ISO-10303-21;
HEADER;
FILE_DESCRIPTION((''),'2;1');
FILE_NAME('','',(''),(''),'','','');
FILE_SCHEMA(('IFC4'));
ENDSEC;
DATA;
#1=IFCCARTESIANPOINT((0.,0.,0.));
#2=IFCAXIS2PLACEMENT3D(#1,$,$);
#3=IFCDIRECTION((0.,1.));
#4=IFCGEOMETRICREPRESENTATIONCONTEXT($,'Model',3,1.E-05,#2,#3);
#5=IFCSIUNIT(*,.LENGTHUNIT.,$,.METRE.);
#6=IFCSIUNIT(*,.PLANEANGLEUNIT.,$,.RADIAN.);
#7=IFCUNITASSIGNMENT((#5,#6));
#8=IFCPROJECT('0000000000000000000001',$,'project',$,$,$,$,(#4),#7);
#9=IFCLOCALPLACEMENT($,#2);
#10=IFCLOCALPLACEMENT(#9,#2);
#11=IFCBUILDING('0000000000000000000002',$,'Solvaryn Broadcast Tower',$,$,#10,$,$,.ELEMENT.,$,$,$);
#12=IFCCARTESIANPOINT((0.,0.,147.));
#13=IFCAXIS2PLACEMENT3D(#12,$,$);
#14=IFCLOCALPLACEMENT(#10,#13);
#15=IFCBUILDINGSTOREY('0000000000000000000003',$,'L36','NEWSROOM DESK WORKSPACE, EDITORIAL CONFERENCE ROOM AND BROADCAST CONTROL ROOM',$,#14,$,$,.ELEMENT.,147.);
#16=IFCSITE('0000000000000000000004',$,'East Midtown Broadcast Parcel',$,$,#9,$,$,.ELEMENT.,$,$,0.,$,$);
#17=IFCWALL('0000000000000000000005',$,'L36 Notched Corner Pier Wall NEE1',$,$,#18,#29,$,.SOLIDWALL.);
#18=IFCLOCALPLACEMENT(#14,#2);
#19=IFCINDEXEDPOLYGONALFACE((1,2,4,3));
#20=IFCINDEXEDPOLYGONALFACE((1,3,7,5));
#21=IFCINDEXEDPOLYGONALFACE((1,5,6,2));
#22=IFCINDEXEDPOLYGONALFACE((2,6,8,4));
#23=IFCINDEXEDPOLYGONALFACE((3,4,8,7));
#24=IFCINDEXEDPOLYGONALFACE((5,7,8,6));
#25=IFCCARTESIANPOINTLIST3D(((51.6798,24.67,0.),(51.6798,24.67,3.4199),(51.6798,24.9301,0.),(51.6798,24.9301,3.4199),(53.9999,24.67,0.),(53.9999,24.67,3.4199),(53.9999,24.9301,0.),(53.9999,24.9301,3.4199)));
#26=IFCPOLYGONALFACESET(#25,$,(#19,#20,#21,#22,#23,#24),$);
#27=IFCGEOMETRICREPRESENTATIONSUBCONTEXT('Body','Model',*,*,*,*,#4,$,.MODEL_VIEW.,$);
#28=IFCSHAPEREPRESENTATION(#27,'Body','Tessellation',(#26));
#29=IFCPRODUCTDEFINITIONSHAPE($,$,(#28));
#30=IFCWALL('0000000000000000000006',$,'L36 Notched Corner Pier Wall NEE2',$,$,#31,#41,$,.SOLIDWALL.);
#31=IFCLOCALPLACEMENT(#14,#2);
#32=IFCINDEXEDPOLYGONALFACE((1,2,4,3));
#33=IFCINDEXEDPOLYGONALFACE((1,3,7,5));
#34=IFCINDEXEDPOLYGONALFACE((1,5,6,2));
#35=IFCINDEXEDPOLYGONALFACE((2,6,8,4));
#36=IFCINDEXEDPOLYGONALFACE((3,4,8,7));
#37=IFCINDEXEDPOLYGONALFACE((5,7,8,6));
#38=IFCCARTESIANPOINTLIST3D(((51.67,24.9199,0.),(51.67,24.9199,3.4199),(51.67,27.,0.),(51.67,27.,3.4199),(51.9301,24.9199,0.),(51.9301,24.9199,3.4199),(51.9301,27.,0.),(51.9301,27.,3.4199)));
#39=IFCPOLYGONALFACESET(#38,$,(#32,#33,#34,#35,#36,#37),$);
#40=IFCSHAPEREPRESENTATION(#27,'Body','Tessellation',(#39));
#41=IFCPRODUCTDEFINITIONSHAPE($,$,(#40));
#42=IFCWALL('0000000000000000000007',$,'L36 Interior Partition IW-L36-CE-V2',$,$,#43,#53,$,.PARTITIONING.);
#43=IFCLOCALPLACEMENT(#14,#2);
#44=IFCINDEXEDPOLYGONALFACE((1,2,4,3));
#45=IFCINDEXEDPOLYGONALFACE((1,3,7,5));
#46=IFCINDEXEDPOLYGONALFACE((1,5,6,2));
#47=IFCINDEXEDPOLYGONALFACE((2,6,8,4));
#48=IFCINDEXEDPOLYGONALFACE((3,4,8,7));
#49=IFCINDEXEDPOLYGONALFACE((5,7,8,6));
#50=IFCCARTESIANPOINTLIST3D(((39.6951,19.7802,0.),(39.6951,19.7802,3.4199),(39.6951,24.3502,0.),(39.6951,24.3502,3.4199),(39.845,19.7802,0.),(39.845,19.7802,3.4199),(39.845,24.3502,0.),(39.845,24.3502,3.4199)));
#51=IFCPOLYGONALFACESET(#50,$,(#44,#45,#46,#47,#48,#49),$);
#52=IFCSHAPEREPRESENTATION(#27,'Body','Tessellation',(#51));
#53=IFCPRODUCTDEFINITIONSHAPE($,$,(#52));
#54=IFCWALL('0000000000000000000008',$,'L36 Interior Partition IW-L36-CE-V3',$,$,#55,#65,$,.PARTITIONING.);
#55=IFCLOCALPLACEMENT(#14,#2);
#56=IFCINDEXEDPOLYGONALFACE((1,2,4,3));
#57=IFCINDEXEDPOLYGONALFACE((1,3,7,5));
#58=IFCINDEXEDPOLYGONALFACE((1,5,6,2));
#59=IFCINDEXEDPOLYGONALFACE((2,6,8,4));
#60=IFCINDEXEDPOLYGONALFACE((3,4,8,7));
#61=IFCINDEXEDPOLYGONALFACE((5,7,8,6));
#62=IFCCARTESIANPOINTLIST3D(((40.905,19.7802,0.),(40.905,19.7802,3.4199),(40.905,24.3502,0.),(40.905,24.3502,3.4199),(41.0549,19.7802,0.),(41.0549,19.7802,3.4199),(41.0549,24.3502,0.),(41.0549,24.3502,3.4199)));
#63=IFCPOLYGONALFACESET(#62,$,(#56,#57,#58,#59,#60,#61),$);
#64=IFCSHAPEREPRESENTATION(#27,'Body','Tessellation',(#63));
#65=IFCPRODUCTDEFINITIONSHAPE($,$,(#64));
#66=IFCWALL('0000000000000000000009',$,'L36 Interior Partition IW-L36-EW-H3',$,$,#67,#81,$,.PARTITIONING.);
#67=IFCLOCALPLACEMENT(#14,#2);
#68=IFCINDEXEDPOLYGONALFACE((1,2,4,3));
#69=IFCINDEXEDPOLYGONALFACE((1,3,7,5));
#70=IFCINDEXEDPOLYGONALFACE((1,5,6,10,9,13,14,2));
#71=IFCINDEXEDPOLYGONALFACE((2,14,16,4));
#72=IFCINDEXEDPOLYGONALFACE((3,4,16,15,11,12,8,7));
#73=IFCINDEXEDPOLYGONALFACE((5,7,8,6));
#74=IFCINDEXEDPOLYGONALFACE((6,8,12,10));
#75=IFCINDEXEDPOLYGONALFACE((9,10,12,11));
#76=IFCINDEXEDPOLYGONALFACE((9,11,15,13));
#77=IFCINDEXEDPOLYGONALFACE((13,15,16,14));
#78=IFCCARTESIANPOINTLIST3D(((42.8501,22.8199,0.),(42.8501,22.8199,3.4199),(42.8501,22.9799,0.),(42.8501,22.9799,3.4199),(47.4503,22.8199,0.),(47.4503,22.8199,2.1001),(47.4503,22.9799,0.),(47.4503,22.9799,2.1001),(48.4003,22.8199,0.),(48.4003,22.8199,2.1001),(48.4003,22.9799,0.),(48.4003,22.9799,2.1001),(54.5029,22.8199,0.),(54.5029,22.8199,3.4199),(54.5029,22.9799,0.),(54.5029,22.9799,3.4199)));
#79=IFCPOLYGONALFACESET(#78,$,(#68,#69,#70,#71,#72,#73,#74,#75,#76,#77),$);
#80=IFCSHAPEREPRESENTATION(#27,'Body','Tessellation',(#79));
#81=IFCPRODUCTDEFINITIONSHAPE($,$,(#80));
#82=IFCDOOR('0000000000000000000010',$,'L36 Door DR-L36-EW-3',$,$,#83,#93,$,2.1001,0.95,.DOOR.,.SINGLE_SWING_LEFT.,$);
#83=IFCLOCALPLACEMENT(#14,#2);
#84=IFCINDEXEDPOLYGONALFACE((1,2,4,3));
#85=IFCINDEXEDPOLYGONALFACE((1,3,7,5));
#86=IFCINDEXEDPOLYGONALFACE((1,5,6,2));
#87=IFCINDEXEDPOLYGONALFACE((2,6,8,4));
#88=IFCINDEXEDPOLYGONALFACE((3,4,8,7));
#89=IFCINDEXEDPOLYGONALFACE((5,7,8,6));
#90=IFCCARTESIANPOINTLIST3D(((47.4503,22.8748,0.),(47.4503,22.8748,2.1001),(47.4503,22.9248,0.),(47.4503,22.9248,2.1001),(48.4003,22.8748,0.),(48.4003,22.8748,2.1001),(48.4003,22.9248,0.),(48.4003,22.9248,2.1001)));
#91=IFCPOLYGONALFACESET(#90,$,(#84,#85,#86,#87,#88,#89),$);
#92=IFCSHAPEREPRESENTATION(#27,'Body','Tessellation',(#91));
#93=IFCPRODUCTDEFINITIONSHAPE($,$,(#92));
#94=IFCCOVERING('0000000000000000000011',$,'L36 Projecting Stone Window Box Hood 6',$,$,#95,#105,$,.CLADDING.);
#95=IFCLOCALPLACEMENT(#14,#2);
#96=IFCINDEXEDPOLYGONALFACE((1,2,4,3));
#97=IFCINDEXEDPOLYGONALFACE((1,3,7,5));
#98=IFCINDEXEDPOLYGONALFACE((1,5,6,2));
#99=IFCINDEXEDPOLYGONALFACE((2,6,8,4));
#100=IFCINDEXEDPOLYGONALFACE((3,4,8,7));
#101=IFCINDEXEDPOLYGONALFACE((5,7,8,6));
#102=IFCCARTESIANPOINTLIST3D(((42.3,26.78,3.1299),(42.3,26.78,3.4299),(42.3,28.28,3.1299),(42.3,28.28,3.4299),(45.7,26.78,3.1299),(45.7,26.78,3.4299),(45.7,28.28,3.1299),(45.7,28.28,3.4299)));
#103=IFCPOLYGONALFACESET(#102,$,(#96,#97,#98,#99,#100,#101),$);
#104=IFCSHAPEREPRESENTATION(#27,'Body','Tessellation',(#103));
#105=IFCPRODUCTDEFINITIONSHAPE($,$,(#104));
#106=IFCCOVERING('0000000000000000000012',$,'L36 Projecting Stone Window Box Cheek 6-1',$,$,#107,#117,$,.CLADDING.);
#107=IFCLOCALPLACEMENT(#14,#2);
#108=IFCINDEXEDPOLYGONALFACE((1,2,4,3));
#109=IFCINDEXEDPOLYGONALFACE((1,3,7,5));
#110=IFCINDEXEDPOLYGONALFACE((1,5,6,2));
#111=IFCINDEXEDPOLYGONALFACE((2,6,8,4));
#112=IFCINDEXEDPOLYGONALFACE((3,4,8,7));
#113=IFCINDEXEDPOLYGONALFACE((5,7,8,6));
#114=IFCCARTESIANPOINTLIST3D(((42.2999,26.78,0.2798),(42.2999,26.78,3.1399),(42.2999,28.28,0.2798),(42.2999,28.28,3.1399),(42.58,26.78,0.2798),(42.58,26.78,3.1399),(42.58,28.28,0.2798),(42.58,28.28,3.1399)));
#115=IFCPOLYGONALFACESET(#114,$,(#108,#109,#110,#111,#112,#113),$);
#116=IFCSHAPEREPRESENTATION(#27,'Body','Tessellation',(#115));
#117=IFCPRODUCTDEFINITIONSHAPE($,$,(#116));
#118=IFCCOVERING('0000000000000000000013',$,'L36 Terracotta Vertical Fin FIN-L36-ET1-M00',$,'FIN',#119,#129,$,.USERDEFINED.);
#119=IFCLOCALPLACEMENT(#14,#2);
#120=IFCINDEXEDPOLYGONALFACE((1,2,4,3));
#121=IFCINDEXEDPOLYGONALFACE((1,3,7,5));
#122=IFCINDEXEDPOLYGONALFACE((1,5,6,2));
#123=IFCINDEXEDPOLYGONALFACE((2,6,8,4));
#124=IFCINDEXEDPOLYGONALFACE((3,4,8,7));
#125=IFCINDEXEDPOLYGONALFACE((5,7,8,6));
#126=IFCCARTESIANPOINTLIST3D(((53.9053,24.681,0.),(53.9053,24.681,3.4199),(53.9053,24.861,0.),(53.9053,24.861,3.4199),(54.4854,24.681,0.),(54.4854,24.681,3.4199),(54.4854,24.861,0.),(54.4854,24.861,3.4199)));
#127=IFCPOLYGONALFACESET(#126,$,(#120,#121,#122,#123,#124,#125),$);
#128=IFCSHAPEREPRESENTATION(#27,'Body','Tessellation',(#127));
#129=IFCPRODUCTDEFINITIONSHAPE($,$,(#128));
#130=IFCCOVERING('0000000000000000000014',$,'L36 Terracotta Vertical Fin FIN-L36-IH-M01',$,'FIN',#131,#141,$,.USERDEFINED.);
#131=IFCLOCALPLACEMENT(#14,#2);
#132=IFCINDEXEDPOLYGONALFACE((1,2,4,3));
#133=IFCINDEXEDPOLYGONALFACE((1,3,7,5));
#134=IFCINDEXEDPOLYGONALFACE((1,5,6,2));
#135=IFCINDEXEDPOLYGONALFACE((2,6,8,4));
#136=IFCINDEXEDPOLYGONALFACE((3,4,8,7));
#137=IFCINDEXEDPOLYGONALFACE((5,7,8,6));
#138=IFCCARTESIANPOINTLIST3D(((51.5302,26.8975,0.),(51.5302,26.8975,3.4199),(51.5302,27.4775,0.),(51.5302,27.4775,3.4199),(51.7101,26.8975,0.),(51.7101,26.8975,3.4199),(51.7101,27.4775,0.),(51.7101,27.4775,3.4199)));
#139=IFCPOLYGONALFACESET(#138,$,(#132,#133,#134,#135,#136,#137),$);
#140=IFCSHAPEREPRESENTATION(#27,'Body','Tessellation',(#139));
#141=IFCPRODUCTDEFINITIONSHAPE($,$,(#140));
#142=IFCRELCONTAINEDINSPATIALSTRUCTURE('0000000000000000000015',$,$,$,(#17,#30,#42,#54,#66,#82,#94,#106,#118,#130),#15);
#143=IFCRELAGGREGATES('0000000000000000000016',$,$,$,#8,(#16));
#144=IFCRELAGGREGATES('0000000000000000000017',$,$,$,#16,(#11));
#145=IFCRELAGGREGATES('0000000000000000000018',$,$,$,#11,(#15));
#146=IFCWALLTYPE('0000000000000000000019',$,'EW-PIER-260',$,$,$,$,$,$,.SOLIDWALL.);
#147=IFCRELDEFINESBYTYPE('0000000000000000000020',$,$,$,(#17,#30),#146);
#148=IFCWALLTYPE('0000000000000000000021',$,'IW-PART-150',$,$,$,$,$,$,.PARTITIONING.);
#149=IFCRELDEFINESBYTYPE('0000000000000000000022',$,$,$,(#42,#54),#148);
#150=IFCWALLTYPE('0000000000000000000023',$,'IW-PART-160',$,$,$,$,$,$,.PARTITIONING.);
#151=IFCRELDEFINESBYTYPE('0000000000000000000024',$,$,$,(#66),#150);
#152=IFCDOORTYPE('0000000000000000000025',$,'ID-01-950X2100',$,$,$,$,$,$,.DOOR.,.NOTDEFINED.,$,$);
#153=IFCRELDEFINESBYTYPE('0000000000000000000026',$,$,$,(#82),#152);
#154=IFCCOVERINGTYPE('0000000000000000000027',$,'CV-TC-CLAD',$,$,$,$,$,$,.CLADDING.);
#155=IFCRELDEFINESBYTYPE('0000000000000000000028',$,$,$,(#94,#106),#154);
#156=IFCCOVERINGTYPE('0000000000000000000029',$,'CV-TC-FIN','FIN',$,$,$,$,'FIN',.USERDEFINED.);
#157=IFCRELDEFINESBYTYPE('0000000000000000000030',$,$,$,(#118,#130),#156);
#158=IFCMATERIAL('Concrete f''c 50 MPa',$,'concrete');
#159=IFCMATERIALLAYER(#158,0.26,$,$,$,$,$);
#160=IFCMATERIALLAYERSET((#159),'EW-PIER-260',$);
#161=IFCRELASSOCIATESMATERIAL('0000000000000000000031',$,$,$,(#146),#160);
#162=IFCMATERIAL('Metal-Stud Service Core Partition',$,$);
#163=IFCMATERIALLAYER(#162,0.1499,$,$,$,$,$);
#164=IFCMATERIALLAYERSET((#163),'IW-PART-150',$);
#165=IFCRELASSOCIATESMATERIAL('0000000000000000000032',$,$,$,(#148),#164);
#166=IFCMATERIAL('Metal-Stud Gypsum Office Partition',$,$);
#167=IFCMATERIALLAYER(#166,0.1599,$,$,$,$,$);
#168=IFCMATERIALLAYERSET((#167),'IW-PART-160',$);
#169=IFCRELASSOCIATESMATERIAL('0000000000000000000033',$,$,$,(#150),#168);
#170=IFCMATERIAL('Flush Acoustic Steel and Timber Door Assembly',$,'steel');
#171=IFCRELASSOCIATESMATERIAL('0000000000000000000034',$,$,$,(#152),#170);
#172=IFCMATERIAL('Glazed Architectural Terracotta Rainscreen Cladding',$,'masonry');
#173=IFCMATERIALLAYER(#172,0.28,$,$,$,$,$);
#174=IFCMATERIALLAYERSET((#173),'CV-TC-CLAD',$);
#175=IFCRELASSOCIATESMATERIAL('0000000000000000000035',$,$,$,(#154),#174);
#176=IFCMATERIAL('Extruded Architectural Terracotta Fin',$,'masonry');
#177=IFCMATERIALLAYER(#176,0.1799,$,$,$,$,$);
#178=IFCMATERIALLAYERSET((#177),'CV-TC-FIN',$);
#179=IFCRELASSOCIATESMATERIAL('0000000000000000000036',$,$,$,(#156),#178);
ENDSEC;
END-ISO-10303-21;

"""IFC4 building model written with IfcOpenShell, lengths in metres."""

from ifc_helpers import new_model, si_unit, direction, frame, frame_2d, origin, origin_2d, place, context, subcontext, project, spatial, rectangle, extrude, material, layer, layer_set, type_object, element, fill, save


model = new_model("IFC4")

# Units and contexts
model_context = context("Model", 3, precision=1e-05, world=origin(), true_north=direction((0.0, 1.0)))
body_context = subcontext(model_context, "Body", "Model", "MODEL_VIEW")
ifc_project = project(units=[si_unit("LENGTHUNIT", "METRE"), si_unit("PLANEANGLEUNIT", "RADIAN")], contexts=[model_context])

# Site, building, storey
site_placement = place(None, origin())
site = spatial("IfcSite", under=ifc_project, at=site_placement, Name="East Midtown Broadcast Parcel", CompositionType="ELEMENT", RefElevation=0.0)
building_placement = place(site_placement, origin())
building = spatial("IfcBuilding", under=site, at=building_placement, Name="Solvaryn Broadcast Tower", CompositionType="ELEMENT")
storey_placement = place(building_placement, frame((0.0, 0.0, 147.0)))
storey = spatial("IfcBuildingStorey", under=building, at=storey_placement, Name="L36", Description="NEWSROOM DESK WORKSPACE, EDITORIAL CONFERENCE ROOM AND BROADCAST CONTROL ROOM", CompositionType="ELEMENT", Elevation=147.0)

# Walls
ifc_material_1 = material(Name="Concrete f'c 50 MPa", Category="concrete")
ifc_layer_1 = layer(ifc_material_1, 0.26)
ifc_layer_set_1 = layer_set([ifc_layer_1], Name="EW-PIER-260")
wall_type_1 = type_object("IfcWallType", Name="EW-PIER-260", PredefinedType="SOLIDWALL", material=ifc_layer_set_1)
wall_1_placement = place(storey_placement, frame((54.0, 24.8, 0.0), z_axis=(0.0, 0.0, 1.0), x_axis=(-1.0, 0.0, 0.0)))
element("IfcWall", 1, at=wall_1_placement, inside=storey, type_object=wall_type_1, Name="L36 Notched Corner Pier Wall NEE1", PredefinedType="SOLIDWALL", context=body_context, shape_type="SweptSolid", body=[
    extrude(rectangle(XDim=2.3201, YDim=0.26, at=frame_2d((1.1602, 0.0))), origin(), (0.0, 0.0, 1.0), 3.4199),
])
wall_2_placement = place(storey_placement, frame((51.8, 24.9199, 0.0), z_axis=(0.0, 0.0, 1.0), x_axis=(0.0, 1.0, 0.0)))
element("IfcWall", 2, at=wall_2_placement, inside=storey, type_object=wall_type_1, Name="L36 Notched Corner Pier Wall NEE2", PredefinedType="SOLIDWALL", context=body_context, shape_type="SweptSolid", body=[
    extrude(rectangle(XDim=2.0801, YDim=0.26, at=frame_2d((1.04, 0.0))), origin(), (0.0, 0.0, 1.0), 3.4199),
])
ifc_material_2 = material(Name="Metal-Stud Service Core Partition")
ifc_layer_2 = layer(ifc_material_2, 0.1499)
ifc_layer_set_2 = layer_set([ifc_layer_2], Name="IW-PART-150")
wall_type_2 = type_object("IfcWallType", Name="IW-PART-150", PredefinedType="PARTITIONING", material=ifc_layer_set_2)
for number, where, z_axis, x_axis, name in (
    (3, (39.77, 19.78, 0.0), (0.0, 0.0, 1.0), (0.0, 1.0, 0.0), "L36 Interior Partition IW-L36-CE-V2"),
    (4, (40.98, 19.78, 0.0), (0.0, 0.0, 1.0), (0.0, 1.0, 0.0), "L36 Interior Partition IW-L36-CE-V3"),
):
    element("IfcWall", number, at=place(storey_placement, frame(where, z_axis=z_axis, x_axis=x_axis)), inside=storey, type_object=wall_type_2, Name=name, PredefinedType="PARTITIONING", context=body_context, shape_type="SweptSolid", body=[
        extrude(rectangle(XDim=4.5701, YDim=0.1499, at=frame_2d((2.2852, 0.0))), origin(), (0.0, 0.0, 1.0), 3.4199),
    ])

# Wall, opening, door
ifc_material_3 = material(Name="Metal-Stud Gypsum Office Partition")
ifc_layer_3 = layer(ifc_material_3, 0.1599)
ifc_layer_set_3 = layer_set([ifc_layer_3], Name="IW-PART-160")
wall_type_3 = type_object("IfcWallType", Name="IW-PART-160", PredefinedType="PARTITIONING", material=ifc_layer_set_3)
wall_3_placement = place(storey_placement, frame((42.8501, 22.8999, 0.0), z_axis=(0.0, 0.0, 1.0), x_axis=(1.0, 0.0, 0.0)))
wall_3 = element("IfcWall", 5, at=wall_3_placement, inside=storey, type_object=wall_type_3, Name="L36 Interior Partition IW-L36-EW-H3", PredefinedType="PARTITIONING", context=body_context, shape_type="SweptSolid", body=[
    extrude(rectangle(XDim=11.6528, YDim=0.1599, at=frame_2d((5.8264, 0.0))), origin(), (0.0, 0.0, 1.0), 3.4199),
])
opening_1_placement = place(wall_3_placement, frame((4.6001, 0.0, 0.0)))
opening_1 = element("IfcOpeningElement", 6, at=opening_1_placement, cuts=wall_3, PredefinedType="OPENING", context=body_context, shape_type="SweptSolid", body=[
    extrude(rectangle(XDim=0.95, YDim=2.1001, at=frame_2d((0.4751, 1.05))), frame((0.0, 0.0901, 0.0), z_axis=(0.0, -1.0, 0.0), x_axis=(1.0, 0.0, 0.0)), (0.0, 0.0, 1.0), 0.1799),
])
ifc_material_4 = material(Name="Flush Acoustic Steel and Timber Door Assembly", Category="steel")
door_type_1 = type_object("IfcDoorType", Name="ID-01-950X2100", OperationType="NOTDEFINED", PredefinedType="DOOR", material=ifc_material_4)
door_1_placement = place(opening_1_placement, origin())
door_1 = element("IfcDoor", 7, at=door_1_placement, inside=storey, type_object=door_type_1, Name="L36 Door DR-L36-EW-3", OperationType="SINGLE_SWING_LEFT", OverallHeight=2.1001, OverallWidth=0.95, PredefinedType="DOOR", context=body_context, shape_type="SweptSolid", body=[
    extrude(rectangle(XDim=0.95, YDim=2.1001, at=frame_2d((0.4751, 1.05))), frame((0.0, 0.0249, 0.0), z_axis=(0.0, -1.0, 0.0), x_axis=(1.0, 0.0, 0.0)), (0.0, 0.0, 1.0), 0.05),
])
fill(opening_1, door_1)

# Coverings
ifc_material_5 = material(Name="Glazed Architectural Terracotta Rainscreen Cladding", Category="masonry")
ifc_layer_4 = layer(ifc_material_5, 0.28)
ifc_layer_set_4 = layer_set([ifc_layer_4], Name="CV-TC-CLAD")
covering_type_1 = type_object("IfcCoveringType", Name="CV-TC-CLAD", PredefinedType="CLADDING", material=ifc_layer_set_4)
covering_1_placement = place(storey_placement, frame((44.0, 27.53, 3.1299), z_axis=(0.0, 0.0, 1.0), x_axis=(1.0, 0.0, 0.0)))
element("IfcCovering", 8, at=covering_1_placement, inside=storey, type_object=covering_type_1, Name="L36 Projecting Stone Window Box Hood 6", PredefinedType="CLADDING", context=body_context, shape_type="SweptSolid", body=[
    extrude(rectangle(XDim=3.3999, YDim=1.5, at=origin_2d()), origin(), (0.0, 0.0, 1.0), 0.3),
])
covering_2_placement = place(storey_placement, frame((42.4399, 27.53, 0.2798), z_axis=(0.0, 0.0, 1.0), x_axis=(1.0, 0.0, 0.0)))
element("IfcCovering", 9, at=covering_2_placement, inside=storey, type_object=covering_type_1, Name="L36 Projecting Stone Window Box Cheek 6-1", PredefinedType="CLADDING", context=body_context, shape_type="SweptSolid", body=[
    extrude(rectangle(XDim=0.28, YDim=1.5, at=origin_2d()), origin(), (0.0, 0.0, 1.0), 2.8601),
])
ifc_material_6 = material(Name="Extruded Architectural Terracotta Fin", Category="masonry")
ifc_layer_5 = layer(ifc_material_6, 0.1799)
ifc_layer_set_5 = layer_set([ifc_layer_5], Name="CV-TC-FIN")
covering_type_2 = type_object("IfcCoveringType", Name="CV-TC-FIN", Description="FIN", ElementType="FIN", PredefinedType="USERDEFINED", material=ifc_layer_set_5)
covering_3_placement = place(storey_placement, frame((54.1953, 24.771, 0.0), z_axis=(0.0, 0.0, 1.0), x_axis=(1.0, 0.0, 0.0)))
element("IfcCovering", 10, at=covering_3_placement, inside=storey, type_object=covering_type_2, Name="L36 Terracotta Vertical Fin FIN-L36-ET1-M00", ObjectType="FIN", PredefinedType="USERDEFINED", context=body_context, shape_type="SweptSolid", body=[
    extrude(rectangle(XDim=0.5801, YDim=0.1799, at=origin_2d()), origin(), (0.0, 0.0, 1.0), 3.4199),
])
covering_4_placement = place(storey_placement, frame((51.6201, 27.1875, 0.0), z_axis=(0.0, 0.0, 1.0), x_axis=(1.0, 0.0, 0.0)))
element("IfcCovering", 11, at=covering_4_placement, inside=storey, type_object=covering_type_2, Name="L36 Terracotta Vertical Fin FIN-L36-IH-M01", ObjectType="FIN", PredefinedType="USERDEFINED", context=body_context, shape_type="SweptSolid", body=[
    extrude(rectangle(XDim=0.1799, YDim=0.5801, at=origin_2d()), origin(), (0.0, 0.0, 1.0), 3.4199),
])

save(model, "model.ifc")
